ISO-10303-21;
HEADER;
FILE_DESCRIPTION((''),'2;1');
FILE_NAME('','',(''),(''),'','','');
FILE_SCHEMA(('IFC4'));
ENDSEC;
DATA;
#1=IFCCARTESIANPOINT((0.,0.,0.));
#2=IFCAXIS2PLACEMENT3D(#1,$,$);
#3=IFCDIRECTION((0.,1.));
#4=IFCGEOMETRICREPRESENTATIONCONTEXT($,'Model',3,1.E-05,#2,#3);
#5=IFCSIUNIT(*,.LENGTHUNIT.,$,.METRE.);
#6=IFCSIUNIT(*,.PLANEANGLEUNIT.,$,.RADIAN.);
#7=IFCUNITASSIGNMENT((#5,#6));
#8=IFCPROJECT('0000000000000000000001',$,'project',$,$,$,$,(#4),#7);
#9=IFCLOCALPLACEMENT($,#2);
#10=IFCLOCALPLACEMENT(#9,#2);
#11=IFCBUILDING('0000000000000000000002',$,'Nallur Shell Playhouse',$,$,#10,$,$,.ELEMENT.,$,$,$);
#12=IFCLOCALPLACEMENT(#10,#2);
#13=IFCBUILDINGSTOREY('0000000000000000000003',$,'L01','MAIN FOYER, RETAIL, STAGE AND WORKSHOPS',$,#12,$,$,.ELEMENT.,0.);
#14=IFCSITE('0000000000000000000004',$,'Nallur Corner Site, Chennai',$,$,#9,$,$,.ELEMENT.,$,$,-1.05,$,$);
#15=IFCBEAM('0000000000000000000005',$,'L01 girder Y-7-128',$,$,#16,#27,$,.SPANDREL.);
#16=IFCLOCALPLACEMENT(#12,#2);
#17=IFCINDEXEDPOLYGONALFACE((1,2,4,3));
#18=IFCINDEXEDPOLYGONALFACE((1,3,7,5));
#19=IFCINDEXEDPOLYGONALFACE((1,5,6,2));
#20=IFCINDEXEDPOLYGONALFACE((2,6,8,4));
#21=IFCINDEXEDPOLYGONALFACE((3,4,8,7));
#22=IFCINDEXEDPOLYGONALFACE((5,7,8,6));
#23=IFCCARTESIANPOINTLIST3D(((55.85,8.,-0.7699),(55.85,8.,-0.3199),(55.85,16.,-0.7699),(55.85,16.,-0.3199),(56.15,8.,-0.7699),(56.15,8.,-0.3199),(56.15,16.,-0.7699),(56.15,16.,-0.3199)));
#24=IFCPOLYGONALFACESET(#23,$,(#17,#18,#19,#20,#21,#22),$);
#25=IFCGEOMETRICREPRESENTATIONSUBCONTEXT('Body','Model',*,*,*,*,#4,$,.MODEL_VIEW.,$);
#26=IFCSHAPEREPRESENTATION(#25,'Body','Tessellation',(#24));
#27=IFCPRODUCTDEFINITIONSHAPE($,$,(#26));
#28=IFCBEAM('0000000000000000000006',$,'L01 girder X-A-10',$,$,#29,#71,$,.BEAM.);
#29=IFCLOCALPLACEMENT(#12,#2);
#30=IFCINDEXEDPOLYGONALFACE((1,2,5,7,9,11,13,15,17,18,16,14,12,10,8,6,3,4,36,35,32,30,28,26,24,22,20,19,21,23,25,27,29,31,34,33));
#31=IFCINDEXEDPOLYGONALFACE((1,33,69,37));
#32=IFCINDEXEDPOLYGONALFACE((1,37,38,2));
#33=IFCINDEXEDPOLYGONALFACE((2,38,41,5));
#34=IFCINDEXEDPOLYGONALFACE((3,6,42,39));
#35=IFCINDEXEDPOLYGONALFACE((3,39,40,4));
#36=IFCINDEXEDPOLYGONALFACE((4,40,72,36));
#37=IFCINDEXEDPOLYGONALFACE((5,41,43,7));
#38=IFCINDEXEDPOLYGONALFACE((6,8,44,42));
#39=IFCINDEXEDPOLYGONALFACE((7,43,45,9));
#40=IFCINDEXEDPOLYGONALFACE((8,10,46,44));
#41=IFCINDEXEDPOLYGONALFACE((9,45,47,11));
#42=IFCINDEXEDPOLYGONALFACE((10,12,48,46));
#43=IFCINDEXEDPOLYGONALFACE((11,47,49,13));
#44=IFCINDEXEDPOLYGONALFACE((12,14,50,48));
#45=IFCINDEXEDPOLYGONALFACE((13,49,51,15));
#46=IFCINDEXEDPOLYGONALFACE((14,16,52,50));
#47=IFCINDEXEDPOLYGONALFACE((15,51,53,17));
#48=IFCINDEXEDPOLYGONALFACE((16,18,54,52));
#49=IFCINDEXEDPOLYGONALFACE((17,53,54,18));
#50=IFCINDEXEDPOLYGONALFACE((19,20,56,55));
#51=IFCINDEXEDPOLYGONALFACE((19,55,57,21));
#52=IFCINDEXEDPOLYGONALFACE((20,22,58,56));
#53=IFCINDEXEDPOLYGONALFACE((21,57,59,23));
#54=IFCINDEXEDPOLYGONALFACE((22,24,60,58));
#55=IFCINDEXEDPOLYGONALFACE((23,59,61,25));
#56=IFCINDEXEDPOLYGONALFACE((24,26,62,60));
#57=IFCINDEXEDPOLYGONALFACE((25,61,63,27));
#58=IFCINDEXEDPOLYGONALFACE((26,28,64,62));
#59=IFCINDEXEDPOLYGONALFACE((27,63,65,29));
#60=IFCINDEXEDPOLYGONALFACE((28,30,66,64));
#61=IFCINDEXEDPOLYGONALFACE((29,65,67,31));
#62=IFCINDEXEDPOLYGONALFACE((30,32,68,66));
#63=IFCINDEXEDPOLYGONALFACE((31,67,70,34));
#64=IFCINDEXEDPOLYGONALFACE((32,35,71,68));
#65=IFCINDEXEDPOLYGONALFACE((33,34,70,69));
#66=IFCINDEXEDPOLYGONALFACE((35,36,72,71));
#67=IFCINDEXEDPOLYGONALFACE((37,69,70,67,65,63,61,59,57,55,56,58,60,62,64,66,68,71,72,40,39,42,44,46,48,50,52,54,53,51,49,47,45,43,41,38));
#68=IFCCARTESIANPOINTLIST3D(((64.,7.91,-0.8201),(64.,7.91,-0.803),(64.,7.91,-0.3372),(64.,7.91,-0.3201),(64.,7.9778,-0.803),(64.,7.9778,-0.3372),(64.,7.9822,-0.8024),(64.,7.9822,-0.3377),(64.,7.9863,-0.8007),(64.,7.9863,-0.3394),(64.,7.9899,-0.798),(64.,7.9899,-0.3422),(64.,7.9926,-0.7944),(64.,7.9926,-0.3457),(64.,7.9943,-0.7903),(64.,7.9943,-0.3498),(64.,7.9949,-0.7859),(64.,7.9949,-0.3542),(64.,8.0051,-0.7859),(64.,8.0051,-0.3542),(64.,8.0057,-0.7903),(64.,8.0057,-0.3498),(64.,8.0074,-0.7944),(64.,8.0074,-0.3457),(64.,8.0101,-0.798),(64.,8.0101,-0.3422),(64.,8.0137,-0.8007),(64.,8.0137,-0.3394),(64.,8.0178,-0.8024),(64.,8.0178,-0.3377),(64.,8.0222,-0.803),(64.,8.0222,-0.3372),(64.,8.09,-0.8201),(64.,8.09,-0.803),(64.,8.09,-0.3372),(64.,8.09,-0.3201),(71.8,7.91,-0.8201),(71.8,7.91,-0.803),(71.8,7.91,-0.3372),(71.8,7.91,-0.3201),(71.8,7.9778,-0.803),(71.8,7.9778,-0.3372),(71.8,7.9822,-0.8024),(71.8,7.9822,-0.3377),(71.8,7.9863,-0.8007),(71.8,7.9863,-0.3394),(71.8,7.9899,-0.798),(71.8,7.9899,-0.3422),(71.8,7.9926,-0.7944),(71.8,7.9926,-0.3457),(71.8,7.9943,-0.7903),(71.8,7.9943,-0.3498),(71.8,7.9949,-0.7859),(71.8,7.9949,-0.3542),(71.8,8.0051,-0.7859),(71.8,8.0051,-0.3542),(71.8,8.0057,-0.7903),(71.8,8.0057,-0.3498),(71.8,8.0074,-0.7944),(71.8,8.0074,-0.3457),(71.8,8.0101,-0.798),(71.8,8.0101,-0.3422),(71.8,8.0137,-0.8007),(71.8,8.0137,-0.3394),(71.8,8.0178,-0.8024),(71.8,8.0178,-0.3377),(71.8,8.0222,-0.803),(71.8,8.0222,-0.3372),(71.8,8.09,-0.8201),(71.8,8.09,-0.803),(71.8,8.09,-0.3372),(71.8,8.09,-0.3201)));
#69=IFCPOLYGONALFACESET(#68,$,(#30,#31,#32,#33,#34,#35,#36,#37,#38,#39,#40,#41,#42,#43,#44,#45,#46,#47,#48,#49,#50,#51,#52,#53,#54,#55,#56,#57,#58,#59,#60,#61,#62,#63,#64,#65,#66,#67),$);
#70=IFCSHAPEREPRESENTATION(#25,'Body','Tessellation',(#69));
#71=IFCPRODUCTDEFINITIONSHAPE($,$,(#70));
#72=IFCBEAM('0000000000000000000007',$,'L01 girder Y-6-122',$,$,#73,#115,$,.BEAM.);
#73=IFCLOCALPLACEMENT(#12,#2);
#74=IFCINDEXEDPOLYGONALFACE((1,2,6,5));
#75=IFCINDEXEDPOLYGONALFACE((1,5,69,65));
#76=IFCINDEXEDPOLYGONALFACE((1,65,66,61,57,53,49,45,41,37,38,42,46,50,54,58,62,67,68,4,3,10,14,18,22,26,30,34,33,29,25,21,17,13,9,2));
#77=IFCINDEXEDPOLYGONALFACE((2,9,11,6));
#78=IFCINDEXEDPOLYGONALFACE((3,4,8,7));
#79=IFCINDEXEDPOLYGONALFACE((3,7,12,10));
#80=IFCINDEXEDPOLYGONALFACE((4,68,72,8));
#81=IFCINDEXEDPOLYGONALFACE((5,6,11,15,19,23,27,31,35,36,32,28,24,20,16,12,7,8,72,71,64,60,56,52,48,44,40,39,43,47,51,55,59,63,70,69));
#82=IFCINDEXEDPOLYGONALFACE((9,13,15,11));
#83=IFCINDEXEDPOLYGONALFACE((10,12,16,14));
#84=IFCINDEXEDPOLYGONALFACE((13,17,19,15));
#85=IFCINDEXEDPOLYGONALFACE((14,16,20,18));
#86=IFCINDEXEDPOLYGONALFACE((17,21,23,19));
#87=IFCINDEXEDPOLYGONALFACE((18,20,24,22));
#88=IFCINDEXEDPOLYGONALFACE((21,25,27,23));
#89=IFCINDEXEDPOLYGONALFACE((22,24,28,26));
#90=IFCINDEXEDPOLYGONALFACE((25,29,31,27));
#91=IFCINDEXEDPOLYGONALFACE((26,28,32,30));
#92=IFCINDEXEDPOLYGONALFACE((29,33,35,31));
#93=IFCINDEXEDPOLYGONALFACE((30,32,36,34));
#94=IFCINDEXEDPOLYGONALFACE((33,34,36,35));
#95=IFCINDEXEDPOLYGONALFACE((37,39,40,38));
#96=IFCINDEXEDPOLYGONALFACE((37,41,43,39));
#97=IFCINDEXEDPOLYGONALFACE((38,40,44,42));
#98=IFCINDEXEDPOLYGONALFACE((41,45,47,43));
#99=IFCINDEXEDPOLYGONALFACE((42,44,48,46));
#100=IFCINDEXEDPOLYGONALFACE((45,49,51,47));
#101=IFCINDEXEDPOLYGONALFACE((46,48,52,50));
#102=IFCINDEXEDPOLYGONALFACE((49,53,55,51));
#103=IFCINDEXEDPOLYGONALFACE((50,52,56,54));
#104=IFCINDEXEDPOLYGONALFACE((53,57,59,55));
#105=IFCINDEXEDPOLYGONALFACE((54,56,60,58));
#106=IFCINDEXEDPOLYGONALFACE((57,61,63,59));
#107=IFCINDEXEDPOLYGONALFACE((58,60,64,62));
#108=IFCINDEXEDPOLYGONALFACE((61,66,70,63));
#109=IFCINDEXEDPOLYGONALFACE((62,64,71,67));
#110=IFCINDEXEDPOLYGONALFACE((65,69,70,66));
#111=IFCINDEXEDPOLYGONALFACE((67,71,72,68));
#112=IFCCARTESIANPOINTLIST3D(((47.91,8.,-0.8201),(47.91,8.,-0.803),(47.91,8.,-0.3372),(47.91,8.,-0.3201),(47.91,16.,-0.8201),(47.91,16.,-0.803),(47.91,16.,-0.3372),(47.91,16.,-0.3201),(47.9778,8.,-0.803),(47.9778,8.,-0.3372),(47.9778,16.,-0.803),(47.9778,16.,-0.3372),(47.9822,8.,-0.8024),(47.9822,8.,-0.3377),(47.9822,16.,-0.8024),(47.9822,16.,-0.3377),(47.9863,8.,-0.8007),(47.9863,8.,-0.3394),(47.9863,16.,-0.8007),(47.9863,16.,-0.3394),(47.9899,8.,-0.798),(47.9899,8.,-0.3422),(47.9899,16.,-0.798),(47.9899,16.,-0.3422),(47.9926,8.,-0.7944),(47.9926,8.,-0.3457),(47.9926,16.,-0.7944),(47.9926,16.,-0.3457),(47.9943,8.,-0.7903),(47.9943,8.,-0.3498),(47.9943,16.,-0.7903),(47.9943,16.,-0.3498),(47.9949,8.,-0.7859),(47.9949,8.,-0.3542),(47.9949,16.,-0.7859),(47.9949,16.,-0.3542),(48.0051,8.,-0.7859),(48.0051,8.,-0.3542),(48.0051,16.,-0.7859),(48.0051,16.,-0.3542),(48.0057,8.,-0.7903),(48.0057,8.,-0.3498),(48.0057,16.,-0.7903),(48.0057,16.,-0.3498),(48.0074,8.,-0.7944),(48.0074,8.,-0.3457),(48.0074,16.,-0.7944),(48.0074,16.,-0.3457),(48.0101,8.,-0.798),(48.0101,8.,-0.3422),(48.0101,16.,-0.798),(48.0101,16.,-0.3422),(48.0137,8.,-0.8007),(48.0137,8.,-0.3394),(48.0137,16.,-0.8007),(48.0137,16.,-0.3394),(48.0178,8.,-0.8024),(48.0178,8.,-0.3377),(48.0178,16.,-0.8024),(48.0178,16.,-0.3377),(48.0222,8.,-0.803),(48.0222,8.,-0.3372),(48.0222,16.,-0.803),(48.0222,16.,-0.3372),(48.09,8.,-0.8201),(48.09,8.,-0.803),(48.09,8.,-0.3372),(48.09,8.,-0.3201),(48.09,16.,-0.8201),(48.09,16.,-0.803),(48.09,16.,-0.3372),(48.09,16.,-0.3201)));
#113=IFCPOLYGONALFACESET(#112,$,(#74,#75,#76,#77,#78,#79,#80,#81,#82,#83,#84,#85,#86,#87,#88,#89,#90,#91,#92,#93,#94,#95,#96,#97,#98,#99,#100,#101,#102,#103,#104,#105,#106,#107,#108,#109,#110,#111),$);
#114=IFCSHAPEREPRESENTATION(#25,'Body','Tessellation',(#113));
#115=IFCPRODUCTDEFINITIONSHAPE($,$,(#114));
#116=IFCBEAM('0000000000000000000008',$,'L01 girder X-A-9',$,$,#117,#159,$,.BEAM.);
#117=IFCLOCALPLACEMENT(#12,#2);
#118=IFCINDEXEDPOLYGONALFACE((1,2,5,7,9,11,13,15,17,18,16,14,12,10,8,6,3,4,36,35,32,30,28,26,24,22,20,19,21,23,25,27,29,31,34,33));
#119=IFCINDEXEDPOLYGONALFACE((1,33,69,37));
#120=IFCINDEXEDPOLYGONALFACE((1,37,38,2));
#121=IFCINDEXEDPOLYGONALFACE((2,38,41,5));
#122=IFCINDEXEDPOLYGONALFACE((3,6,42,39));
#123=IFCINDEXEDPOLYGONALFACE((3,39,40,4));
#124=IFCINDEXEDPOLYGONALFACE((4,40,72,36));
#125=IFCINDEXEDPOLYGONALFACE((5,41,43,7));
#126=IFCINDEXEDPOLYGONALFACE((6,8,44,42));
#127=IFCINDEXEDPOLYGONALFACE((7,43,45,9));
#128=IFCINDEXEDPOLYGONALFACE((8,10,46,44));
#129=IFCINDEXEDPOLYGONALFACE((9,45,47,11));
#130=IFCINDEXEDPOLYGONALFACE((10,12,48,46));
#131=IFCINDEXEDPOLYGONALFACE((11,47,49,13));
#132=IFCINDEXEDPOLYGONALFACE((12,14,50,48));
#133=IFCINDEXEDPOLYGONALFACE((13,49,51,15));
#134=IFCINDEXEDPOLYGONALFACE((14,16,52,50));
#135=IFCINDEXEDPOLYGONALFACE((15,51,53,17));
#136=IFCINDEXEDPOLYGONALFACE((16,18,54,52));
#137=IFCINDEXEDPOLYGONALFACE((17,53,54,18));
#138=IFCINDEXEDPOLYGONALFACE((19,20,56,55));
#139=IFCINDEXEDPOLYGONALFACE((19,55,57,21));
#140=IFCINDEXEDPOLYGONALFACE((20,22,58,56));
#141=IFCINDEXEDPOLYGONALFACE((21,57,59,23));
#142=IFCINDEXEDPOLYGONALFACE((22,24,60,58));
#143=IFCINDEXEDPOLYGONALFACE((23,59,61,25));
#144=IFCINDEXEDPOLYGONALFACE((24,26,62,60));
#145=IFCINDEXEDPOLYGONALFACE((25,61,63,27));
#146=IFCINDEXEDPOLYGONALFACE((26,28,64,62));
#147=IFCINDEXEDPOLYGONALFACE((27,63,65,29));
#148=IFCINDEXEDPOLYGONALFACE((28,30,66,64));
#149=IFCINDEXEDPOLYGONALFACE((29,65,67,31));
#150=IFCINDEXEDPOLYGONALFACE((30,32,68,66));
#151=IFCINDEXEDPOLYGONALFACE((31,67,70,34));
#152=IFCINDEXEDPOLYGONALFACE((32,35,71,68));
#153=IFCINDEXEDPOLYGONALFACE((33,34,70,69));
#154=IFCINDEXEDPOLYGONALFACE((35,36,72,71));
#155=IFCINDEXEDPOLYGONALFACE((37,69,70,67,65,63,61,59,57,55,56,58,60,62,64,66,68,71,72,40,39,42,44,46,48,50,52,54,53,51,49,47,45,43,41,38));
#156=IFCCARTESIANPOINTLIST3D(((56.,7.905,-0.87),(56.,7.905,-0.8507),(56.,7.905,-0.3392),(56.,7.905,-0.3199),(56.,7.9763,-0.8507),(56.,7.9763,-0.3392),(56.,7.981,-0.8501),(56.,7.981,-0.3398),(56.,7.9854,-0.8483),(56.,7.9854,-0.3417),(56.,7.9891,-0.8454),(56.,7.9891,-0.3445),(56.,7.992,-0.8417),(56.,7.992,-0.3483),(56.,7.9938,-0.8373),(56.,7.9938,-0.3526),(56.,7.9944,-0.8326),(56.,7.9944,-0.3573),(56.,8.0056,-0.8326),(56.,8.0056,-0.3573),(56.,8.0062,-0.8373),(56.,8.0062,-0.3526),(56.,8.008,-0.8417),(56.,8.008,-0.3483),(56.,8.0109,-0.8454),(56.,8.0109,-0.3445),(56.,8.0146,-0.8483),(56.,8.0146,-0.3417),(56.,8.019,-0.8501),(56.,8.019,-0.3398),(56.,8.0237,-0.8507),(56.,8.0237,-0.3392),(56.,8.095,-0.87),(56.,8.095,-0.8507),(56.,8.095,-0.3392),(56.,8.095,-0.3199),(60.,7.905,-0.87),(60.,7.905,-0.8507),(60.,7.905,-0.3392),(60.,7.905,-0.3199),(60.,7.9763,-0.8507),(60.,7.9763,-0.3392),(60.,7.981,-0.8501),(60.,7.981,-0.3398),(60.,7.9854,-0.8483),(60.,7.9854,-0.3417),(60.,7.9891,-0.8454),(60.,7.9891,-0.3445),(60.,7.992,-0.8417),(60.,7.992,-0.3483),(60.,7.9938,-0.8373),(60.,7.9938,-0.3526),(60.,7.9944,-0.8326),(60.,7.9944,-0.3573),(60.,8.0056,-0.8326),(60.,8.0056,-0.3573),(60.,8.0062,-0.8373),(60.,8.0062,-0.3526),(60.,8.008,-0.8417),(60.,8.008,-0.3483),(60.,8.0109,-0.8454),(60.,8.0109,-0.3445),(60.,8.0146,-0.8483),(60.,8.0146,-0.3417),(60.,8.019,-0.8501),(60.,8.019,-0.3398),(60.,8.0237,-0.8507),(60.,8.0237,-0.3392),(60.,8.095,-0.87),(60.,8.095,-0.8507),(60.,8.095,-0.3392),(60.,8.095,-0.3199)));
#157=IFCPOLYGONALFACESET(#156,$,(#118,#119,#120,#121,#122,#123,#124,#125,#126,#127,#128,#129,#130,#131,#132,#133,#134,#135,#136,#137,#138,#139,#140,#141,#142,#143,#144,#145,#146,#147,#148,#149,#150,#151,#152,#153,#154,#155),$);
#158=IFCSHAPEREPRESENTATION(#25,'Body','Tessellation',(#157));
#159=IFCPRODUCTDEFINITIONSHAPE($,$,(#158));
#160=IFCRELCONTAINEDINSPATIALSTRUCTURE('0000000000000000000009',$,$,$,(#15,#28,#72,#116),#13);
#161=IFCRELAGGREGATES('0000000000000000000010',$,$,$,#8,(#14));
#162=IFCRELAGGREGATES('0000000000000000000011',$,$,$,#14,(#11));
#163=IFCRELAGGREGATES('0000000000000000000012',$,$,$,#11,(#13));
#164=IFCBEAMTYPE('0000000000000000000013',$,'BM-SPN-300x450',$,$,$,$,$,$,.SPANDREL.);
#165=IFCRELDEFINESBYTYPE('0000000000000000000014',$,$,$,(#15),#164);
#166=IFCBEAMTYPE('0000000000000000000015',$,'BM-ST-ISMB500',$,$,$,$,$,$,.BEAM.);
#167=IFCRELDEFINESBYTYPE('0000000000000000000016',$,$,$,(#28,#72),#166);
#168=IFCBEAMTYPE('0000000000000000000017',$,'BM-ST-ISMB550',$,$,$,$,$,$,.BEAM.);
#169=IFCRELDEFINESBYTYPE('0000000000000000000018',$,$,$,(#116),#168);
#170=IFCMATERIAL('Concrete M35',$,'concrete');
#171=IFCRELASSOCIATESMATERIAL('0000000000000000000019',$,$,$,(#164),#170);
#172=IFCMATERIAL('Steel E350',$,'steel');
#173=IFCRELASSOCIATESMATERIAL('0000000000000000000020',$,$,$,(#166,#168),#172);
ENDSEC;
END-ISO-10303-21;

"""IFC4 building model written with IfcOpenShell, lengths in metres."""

from ifc_helpers import new_model, si_unit, direction, frame, origin, origin_2d, place, context, subcontext, project, spatial, rectangle, i_section, extrude, material, material_profile, profile_set, type_object, element, save


model = new_model("IFC4")

# Units and contexts
model_context = context("Model", 3, precision=1e-05, world=origin(), true_north=direction((0.0, 1.0)))
body_context = subcontext(model_context, "Body", "Model", "MODEL_VIEW")
ifc_project = project(units=[si_unit("LENGTHUNIT", "METRE"), si_unit("PLANEANGLEUNIT", "RADIAN")], contexts=[model_context])

# Site, building, storey
site_placement = place(None, origin())
site = spatial("IfcSite", under=ifc_project, at=site_placement, Name="Nallur Corner Site, Chennai", CompositionType="ELEMENT", RefElevation=-1.05)
building_placement = place(site_placement, origin())
building = spatial("IfcBuilding", under=site, at=building_placement, Name="Nallur Shell Playhouse", CompositionType="ELEMENT")
storey_placement = place(building_placement, origin())
storey = spatial("IfcBuildingStorey", under=building, at=storey_placement, Name="L01", Description="MAIN FOYER, RETAIL, STAGE AND WORKSHOPS", CompositionType="ELEMENT", Elevation=0.0)

# Beams
ifc_material_1 = material(Name="Concrete M35", Category="concrete")
ifc_material_profile_1 = material_profile(ifc_material_1, rectangle(XDim=0.3, YDim=0.45, at=origin_2d()), Name="RC 300x450")
ifc_profile_set_1 = profile_set([ifc_material_profile_1], Name="Concrete M35")
beam_type_1 = type_object("IfcBeamType", Name="BM-SPN-300x450", PredefinedType="SPANDREL", material=ifc_profile_set_1)
beam_1_placement = place(storey_placement, frame((56.0, 8.0, -0.5449), z_axis=(0.0, 1.0, 0.0), x_axis=(-1.0, 0.0, 0.0)))
element("IfcBeam", 1, at=beam_1_placement, inside=storey, type_object=beam_type_1, Name="L01 girder Y-7-128", PredefinedType="SPANDREL", context=body_context, shape_type="SweptSolid", body=[
    extrude(rectangle(XDim=0.3, YDim=0.45, at=origin_2d()), origin(), (0.0, 0.0, 1.0), 8.0),
])
ifc_material_2 = material(Name="Steel E350", Category="steel")
ifc_material_profile_2 = material_profile(ifc_material_2, i_section(OverallWidth=0.1799, OverallDepth=0.5, WebThickness=0.0103, FlangeThickness=0.0171, FilletRadius=0.0171, at=origin_2d()), Name="ISMB 500")
ifc_profile_set_2 = profile_set([ifc_material_profile_2], Name="Steel E350")
beam_type_2 = type_object("IfcBeamType", Name="BM-ST-ISMB500", PredefinedType="BEAM", material=ifc_profile_set_2)
beam_2_placement = place(storey_placement, frame((64.0, 8.0, -0.5701), z_axis=(1.0, 0.0, 0.0), x_axis=(0.0, 1.0, 0.0)))
element("IfcBeam", 2, at=beam_2_placement, inside=storey, type_object=beam_type_2, Name="L01 girder X-A-10", PredefinedType="BEAM", context=body_context, shape_type="SweptSolid", body=[
    extrude(i_section(OverallWidth=0.1799, OverallDepth=0.5, WebThickness=0.0103, FlangeThickness=0.0171, FilletRadius=0.0171, at=origin_2d()), origin(), (0.0, 0.0, 1.0), 7.8),
])
beam_3_placement = place(storey_placement, frame((48.0, 8.0, -0.5701), z_axis=(0.0, 1.0, 0.0), x_axis=(-1.0, 0.0, 0.0)))
element("IfcBeam", 3, at=beam_3_placement, inside=storey, type_object=beam_type_2, Name="L01 girder Y-6-122", PredefinedType="BEAM", context=body_context, shape_type="SweptSolid", body=[
    extrude(i_section(OverallWidth=0.1799, OverallDepth=0.5, WebThickness=0.0103, FlangeThickness=0.0171, FilletRadius=0.0171, at=origin_2d()), origin(), (0.0, 0.0, 1.0), 8.0),
])
ifc_material_profile_3 = material_profile(ifc_material_2, i_section(OverallWidth=0.1899, OverallDepth=0.55, WebThickness=0.0112, FlangeThickness=0.0193, FilletRadius=0.0181, at=origin_2d()), Name="ISMB 550")
ifc_profile_set_3 = profile_set([ifc_material_profile_3], Name="Steel E350")
beam_type_3 = type_object("IfcBeamType", Name="BM-ST-ISMB550", PredefinedType="BEAM", material=ifc_profile_set_3)
beam_4_placement = place(storey_placement, frame((56.0, 8.0, -0.595), z_axis=(1.0, 0.0, 0.0), x_axis=(0.0, 1.0, 0.0)))
element("IfcBeam", 4, at=beam_4_placement, inside=storey, type_object=beam_type_3, Name="L01 girder X-A-9", PredefinedType="BEAM", context=body_context, shape_type="SweptSolid", body=[
    extrude(i_section(OverallWidth=0.1899, OverallDepth=0.55, WebThickness=0.0112, FlangeThickness=0.0193, FilletRadius=0.0181, at=origin_2d()), origin(), (0.0, 0.0, 1.0), 4.0),
])

save(model, "model.ifc")
